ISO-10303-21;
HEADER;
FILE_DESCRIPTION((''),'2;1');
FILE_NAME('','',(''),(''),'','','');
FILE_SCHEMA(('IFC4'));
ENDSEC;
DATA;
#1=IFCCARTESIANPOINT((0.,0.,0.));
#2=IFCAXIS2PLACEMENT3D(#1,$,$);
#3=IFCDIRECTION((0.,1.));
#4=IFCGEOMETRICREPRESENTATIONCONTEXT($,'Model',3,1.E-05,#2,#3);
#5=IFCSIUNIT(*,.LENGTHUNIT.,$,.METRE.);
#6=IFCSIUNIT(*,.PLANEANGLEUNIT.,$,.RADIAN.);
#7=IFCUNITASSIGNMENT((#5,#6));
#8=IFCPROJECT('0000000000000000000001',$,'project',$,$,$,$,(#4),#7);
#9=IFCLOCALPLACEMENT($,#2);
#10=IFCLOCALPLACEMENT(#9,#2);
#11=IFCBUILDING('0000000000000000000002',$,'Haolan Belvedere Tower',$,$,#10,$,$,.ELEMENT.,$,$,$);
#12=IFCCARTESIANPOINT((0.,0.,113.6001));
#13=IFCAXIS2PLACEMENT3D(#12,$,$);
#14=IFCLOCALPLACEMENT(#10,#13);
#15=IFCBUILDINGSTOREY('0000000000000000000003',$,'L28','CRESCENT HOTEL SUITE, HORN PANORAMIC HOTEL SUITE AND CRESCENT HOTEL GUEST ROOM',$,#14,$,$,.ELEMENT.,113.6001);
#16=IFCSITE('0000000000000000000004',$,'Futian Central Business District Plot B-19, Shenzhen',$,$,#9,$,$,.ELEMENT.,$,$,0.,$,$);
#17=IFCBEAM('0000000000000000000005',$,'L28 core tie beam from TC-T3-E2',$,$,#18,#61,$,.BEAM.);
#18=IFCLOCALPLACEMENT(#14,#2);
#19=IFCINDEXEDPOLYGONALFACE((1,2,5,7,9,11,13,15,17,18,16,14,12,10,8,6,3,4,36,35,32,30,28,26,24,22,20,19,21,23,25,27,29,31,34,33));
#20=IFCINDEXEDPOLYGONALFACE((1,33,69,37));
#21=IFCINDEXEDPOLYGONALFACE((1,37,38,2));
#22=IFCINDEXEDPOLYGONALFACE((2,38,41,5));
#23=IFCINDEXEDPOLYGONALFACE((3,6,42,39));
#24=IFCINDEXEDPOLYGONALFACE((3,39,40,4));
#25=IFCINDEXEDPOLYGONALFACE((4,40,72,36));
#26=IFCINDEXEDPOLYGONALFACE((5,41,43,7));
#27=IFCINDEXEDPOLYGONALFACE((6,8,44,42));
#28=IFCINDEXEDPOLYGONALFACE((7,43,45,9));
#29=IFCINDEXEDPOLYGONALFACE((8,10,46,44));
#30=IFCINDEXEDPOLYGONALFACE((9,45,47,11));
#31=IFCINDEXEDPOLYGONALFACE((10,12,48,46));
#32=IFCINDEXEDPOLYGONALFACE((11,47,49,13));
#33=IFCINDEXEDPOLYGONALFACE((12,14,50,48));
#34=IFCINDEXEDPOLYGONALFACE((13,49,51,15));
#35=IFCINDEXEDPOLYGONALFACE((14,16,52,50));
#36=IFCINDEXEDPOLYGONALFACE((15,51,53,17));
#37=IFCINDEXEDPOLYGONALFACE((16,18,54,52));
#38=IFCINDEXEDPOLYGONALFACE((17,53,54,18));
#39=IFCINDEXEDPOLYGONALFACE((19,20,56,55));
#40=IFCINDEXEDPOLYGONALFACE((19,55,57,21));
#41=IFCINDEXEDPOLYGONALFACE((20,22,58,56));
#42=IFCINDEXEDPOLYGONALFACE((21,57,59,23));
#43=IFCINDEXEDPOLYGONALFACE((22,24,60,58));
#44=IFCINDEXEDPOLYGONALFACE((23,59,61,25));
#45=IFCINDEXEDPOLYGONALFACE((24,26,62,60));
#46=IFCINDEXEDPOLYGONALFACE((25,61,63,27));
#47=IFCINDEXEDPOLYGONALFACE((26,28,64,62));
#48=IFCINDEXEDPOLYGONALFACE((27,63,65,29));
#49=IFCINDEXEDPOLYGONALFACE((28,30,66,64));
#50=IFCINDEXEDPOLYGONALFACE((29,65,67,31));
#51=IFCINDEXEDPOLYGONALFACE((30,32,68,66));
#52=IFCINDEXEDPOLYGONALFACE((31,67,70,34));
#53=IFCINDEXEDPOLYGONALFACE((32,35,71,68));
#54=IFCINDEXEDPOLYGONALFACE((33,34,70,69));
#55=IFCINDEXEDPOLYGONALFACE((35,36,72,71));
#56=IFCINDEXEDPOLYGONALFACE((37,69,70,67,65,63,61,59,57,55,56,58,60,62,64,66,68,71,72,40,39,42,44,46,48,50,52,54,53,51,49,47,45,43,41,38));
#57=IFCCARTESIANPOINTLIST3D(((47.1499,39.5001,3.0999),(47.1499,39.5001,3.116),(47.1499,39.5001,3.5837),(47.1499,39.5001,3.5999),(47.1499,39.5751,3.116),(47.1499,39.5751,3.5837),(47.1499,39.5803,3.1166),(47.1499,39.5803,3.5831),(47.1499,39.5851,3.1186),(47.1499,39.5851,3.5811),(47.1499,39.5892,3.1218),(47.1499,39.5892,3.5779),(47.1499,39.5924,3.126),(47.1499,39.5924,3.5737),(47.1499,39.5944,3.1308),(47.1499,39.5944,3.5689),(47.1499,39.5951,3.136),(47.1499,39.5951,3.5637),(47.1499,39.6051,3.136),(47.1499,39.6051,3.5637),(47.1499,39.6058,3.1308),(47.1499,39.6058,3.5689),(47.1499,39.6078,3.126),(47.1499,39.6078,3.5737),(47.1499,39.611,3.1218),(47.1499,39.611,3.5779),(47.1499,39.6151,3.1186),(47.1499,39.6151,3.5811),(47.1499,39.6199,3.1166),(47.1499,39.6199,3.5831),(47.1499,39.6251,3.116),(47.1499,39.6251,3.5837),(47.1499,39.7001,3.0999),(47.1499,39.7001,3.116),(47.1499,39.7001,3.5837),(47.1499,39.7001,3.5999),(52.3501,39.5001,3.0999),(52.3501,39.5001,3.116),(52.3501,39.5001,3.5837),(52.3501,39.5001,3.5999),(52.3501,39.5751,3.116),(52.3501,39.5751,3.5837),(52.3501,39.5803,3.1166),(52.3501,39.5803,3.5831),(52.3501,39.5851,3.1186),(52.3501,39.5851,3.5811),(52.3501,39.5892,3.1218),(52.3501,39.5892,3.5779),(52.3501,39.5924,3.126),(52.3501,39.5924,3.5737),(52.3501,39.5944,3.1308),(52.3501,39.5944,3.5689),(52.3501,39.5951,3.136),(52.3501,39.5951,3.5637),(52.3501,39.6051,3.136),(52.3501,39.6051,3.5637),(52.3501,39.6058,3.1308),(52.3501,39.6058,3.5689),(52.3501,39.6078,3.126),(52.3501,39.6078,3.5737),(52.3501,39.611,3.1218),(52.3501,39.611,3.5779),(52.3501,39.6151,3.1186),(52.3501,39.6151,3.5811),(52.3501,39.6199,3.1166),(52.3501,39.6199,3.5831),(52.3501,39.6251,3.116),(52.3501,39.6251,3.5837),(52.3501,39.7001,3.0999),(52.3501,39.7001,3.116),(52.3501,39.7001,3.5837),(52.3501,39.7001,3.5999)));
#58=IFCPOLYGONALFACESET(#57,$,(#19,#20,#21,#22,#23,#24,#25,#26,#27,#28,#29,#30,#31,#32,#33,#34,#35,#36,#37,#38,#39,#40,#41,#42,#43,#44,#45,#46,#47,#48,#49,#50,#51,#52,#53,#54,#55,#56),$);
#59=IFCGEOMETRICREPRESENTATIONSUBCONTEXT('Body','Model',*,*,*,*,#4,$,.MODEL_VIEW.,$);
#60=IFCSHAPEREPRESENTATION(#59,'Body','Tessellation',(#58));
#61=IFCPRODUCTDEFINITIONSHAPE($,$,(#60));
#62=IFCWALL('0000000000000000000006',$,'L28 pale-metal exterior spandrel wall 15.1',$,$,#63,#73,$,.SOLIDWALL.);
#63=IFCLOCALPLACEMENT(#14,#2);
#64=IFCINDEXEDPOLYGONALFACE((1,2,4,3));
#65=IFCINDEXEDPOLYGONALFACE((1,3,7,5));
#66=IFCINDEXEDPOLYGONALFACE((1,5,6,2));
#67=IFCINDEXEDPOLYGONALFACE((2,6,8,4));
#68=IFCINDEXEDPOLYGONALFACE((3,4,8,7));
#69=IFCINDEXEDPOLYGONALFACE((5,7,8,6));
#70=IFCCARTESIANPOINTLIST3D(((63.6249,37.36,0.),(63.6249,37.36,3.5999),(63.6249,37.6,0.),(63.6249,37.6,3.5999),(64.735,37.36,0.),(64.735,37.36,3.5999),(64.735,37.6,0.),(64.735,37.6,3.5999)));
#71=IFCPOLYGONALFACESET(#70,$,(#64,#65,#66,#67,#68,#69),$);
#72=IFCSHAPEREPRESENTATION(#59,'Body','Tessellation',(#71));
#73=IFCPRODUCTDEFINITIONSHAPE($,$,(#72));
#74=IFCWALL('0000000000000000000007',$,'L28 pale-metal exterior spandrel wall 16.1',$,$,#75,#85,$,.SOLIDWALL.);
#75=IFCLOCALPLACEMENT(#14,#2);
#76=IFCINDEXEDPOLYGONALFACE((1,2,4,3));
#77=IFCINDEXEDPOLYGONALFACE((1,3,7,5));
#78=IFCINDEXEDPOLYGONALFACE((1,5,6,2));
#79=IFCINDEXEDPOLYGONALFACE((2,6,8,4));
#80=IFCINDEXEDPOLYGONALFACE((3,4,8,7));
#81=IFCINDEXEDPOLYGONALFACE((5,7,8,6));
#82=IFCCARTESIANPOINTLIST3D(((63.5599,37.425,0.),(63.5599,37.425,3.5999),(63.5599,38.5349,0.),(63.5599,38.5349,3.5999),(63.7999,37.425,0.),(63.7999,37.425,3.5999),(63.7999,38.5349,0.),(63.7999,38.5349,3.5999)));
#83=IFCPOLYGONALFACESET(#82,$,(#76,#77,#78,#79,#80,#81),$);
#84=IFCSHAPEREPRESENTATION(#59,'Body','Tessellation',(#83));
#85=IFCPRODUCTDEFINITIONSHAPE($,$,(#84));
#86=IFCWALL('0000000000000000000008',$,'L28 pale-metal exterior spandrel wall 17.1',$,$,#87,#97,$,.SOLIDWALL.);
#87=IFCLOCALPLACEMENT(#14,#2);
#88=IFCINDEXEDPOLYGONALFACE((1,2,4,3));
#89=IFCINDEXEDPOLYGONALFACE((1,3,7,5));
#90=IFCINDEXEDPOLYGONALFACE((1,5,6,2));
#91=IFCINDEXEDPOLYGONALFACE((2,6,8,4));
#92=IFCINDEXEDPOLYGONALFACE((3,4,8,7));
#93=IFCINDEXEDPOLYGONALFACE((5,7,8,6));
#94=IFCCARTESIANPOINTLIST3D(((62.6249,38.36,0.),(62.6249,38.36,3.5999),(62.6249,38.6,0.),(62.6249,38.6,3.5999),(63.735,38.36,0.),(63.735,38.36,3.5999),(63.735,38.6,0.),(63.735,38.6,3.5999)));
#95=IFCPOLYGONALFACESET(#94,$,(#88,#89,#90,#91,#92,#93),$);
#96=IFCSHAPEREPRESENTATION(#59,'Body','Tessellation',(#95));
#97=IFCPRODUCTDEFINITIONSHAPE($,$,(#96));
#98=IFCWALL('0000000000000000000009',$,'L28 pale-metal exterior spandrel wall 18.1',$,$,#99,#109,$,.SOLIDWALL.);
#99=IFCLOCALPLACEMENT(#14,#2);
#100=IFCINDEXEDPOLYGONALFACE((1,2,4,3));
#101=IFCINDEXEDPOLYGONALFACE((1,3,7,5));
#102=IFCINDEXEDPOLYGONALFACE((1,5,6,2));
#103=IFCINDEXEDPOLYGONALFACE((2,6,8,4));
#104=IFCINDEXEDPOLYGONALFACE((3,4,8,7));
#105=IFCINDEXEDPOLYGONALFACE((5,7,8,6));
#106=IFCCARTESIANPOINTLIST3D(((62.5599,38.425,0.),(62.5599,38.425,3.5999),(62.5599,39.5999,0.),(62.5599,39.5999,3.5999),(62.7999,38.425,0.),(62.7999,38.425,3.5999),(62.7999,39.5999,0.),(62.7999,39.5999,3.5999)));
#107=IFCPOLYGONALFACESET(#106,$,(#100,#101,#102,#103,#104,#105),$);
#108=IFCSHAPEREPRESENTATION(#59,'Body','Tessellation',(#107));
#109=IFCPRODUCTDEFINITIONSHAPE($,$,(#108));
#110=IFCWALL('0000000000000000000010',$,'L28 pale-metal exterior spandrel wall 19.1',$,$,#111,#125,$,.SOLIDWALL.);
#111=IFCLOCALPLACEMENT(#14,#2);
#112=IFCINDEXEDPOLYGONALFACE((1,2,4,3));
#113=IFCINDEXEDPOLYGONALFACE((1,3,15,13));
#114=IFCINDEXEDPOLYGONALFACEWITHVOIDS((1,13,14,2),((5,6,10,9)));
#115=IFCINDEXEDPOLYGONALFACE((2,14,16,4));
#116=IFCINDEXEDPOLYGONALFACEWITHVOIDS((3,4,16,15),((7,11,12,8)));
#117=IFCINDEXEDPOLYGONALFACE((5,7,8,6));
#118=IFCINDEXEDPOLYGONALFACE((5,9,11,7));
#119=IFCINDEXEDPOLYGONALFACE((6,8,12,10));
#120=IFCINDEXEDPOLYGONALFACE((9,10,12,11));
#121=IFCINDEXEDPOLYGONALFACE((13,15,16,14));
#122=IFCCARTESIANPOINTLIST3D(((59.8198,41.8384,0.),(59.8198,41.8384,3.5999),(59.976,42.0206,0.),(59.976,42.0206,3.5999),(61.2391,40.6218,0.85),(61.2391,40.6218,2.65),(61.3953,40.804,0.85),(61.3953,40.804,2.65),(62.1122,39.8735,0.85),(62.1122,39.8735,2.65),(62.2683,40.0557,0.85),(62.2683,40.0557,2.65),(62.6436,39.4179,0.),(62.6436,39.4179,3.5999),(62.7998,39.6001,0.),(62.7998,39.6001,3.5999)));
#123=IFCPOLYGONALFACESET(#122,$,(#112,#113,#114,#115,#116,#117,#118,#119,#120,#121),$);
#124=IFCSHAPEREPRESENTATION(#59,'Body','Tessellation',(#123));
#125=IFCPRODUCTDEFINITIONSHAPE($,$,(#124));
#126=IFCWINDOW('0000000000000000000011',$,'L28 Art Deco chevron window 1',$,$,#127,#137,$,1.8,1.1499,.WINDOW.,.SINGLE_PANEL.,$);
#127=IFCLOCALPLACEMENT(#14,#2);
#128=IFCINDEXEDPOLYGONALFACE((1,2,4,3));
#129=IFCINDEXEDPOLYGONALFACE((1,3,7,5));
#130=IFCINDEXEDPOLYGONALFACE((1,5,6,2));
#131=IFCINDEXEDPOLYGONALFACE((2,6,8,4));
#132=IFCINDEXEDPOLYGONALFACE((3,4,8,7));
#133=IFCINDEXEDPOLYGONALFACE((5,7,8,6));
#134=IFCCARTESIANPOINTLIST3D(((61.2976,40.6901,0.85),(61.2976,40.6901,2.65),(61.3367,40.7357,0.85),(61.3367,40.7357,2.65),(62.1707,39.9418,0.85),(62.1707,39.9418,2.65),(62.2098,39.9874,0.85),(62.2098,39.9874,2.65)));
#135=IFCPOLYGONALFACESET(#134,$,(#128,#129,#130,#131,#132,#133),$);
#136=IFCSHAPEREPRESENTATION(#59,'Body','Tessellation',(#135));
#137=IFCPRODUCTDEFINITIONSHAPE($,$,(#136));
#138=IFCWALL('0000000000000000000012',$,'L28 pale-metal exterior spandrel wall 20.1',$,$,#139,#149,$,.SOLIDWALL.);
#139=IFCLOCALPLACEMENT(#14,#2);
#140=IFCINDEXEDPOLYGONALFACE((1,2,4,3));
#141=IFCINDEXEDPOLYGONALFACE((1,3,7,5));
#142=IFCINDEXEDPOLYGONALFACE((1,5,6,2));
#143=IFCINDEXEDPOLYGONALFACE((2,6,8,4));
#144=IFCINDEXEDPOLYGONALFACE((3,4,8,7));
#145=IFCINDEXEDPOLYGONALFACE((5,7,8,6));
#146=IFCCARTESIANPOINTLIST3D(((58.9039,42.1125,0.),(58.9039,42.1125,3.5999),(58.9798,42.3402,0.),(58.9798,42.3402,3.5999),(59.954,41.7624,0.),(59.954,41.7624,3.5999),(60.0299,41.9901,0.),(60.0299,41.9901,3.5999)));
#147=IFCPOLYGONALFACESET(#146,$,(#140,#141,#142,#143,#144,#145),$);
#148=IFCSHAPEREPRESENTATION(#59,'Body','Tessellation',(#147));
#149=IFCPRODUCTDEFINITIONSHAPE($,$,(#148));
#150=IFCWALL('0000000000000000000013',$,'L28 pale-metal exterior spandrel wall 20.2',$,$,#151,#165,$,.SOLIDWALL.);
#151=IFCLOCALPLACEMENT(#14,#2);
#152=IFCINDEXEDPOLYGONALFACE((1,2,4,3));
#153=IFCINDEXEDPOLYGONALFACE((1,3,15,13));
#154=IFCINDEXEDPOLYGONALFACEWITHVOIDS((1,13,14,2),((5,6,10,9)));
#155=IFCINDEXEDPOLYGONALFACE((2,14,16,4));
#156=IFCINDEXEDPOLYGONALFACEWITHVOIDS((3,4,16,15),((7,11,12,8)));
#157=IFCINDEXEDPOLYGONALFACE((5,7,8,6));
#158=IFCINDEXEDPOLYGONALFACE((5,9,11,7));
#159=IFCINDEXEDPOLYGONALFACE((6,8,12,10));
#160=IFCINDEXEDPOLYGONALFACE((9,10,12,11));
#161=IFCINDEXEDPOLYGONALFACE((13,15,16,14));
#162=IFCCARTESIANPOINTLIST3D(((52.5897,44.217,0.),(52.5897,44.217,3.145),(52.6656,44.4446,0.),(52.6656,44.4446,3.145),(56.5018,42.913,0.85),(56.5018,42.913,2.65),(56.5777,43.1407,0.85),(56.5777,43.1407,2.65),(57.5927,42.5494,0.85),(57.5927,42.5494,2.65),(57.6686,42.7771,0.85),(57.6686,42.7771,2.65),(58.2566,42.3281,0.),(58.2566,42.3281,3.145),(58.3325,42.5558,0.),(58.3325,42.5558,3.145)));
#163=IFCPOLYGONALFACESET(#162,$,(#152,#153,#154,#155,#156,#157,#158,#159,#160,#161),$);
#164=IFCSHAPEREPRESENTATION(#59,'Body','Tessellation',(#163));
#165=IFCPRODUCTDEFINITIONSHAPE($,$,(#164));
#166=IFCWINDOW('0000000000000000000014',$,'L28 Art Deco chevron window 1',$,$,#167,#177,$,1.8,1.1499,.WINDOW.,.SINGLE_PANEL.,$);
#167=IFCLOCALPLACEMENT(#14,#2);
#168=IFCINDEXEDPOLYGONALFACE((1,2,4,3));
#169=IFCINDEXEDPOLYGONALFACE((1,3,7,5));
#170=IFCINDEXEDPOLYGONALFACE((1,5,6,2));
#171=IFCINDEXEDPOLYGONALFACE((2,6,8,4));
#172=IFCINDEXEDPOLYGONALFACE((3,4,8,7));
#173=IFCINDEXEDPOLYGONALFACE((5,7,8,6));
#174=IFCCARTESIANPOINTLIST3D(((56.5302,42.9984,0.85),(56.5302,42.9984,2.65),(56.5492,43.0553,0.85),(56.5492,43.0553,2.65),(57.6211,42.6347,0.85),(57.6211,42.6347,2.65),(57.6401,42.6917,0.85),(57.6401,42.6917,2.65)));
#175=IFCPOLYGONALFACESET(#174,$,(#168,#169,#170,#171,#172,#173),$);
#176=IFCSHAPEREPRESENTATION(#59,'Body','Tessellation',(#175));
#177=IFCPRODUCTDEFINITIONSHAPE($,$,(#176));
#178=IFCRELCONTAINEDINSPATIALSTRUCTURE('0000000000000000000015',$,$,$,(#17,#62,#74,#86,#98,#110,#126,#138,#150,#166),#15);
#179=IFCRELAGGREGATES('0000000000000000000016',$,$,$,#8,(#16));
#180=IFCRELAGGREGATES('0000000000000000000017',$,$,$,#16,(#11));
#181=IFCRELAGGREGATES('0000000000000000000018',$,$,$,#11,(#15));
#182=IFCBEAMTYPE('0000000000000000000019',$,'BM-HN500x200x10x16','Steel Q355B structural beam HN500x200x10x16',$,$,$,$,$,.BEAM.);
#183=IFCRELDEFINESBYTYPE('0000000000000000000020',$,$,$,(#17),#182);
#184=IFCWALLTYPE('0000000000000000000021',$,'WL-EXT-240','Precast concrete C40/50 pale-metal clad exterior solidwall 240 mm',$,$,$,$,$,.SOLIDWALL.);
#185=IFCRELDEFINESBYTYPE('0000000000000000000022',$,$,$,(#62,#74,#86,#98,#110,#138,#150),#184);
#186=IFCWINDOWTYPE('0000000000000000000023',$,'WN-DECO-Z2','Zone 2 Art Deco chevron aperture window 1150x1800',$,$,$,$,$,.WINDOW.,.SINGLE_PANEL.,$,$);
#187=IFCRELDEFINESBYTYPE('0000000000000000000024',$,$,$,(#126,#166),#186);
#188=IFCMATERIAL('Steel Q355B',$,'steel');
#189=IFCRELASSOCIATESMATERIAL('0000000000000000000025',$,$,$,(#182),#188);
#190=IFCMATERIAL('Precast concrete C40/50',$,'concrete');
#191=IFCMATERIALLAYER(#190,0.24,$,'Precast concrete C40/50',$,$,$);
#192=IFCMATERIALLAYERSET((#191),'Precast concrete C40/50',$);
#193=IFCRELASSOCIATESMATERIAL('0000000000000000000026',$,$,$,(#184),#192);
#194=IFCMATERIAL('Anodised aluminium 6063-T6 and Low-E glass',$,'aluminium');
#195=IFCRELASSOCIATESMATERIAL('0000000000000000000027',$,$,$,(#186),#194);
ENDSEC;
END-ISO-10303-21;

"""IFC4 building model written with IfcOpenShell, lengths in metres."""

from ifc_helpers import new_model, si_unit, direction, frame, frame_2d, origin, origin_2d, place, context, subcontext, project, spatial, rectangle, i_section, extrude, material, layer, layer_set, material_profile, profile_set, type_object, element, fill, save


model = new_model("IFC4")

# Units and contexts
model_context = context("Model", 3, precision=1e-05, world=origin(), true_north=direction((0.0, 1.0)))
body_context = subcontext(model_context, "Body", "Model", "MODEL_VIEW")
ifc_project = project(units=[si_unit("LENGTHUNIT", "METRE"), si_unit("PLANEANGLEUNIT", "RADIAN")], contexts=[model_context])

# Site, building, storey
site_placement = place(None, origin())
site = spatial("IfcSite", under=ifc_project, at=site_placement, Name="Futian Central Business District Plot B-19, Shenzhen", CompositionType="ELEMENT", RefElevation=0.0)
building_placement = place(site_placement, origin())
building = spatial("IfcBuilding", under=site, at=building_placement, Name="Haolan Belvedere Tower", CompositionType="ELEMENT")
storey_placement = place(building_placement, frame((0.0, 0.0, 113.6001)))
storey = spatial("IfcBuildingStorey", under=building, at=storey_placement, Name="L28", Description="CRESCENT HOTEL SUITE, HORN PANORAMIC HOTEL SUITE AND CRESCENT HOTEL GUEST ROOM", CompositionType="ELEMENT", Elevation=113.6001)

# Beam
ifc_material_1 = material(Name="Steel Q355B", Category="steel")
ifc_material_profile_1 = material_profile(ifc_material_1, i_section(OverallWidth=0.2, OverallDepth=0.5, WebThickness=0.01, FlangeThickness=0.0161, FilletRadius=0.02, at=origin_2d()), Name="Steel Q355B")
ifc_profile_set_1 = profile_set([ifc_material_profile_1], Name="Steel Q355B")
beam_type_1 = type_object("IfcBeamType", Name="BM-HN500x200x10x16", Description="Steel Q355B structural beam HN500x200x10x16", PredefinedType="BEAM", material=ifc_profile_set_1)
beam_1_placement = place(storey_placement, frame((52.3501, 39.6001, 3.3499), z_axis=(-1.0, 0.0, 0.0), x_axis=(0.0, -1.0, 0.0)))
element("IfcBeam", 1, at=beam_1_placement, inside=storey, type_object=beam_type_1, Name="L28 core tie beam from TC-T3-E2", PredefinedType="BEAM", context=body_context, shape_type="SweptSolid", body=[
    extrude(i_section(OverallWidth=0.2, OverallDepth=0.5, WebThickness=0.01, FlangeThickness=0.0161, FilletRadius=0.02, at=origin_2d()), origin(), (0.0, 0.0, 1.0), 5.2002),
])

# Walls
ifc_material_2 = material(Name="Precast concrete C40/50", Category="concrete")
ifc_layer_1 = layer(ifc_material_2, 0.24, Name="Precast concrete C40/50")
ifc_layer_set_1 = layer_set([ifc_layer_1], Name="Precast concrete C40/50")
wall_type_1 = type_object("IfcWallType", Name="WL-EXT-240", Description="Precast concrete C40/50 pale-metal clad exterior solidwall 240 mm", PredefinedType="SOLIDWALL", material=ifc_layer_set_1)
wall_1_placement = place(storey_placement, frame((64.7351, 37.48, 0.0), z_axis=(0.0, 0.0, 1.0), x_axis=(-1.0, 0.0, 0.0)))
element("IfcWall", 2, at=wall_1_placement, inside=storey, type_object=wall_type_1, Name="L28 pale-metal exterior spandrel wall 15.1", PredefinedType="SOLIDWALL", context=body_context, shape_type="SweptSolid", body=[
    extrude(rectangle(XDim=1.1101, YDim=0.24, at=frame_2d((0.5552, 0.0))), origin(), (0.0, 0.0, 1.0), 3.5999),
])
wall_2_placement = place(storey_placement, frame((63.6799, 37.425, 0.0), z_axis=(0.0, 0.0, 1.0), x_axis=(0.0, 1.0, 0.0)))
element("IfcWall", 3, at=wall_2_placement, inside=storey, type_object=wall_type_1, Name="L28 pale-metal exterior spandrel wall 16.1", PredefinedType="SOLIDWALL", context=body_context, shape_type="SweptSolid", body=[
    extrude(rectangle(XDim=1.1099, YDim=0.24, at=frame_2d((0.5549, 0.0))), origin(), (0.0, 0.0, 1.0), 3.5999),
])
wall_3_placement = place(storey_placement, frame((63.7351, 38.48, 0.0), z_axis=(0.0, 0.0, 1.0), x_axis=(-1.0, 0.0, 0.0)))
element("IfcWall", 4, at=wall_3_placement, inside=storey, type_object=wall_type_1, Name="L28 pale-metal exterior spandrel wall 17.1", PredefinedType="SOLIDWALL", context=body_context, shape_type="SweptSolid", body=[
    extrude(rectangle(XDim=1.1101, YDim=0.24, at=frame_2d((0.5552, 0.0))), origin(), (0.0, 0.0, 1.0), 3.5999),
])
wall_4_placement = place(storey_placement, frame((62.6799, 38.425, 0.0), z_axis=(0.0, 0.0, 1.0), x_axis=(0.0, 1.0, 0.0)))
element("IfcWall", 5, at=wall_4_placement, inside=storey, type_object=wall_type_1, Name="L28 pale-metal exterior spandrel wall 18.1", PredefinedType="SOLIDWALL", context=body_context, shape_type="SweptSolid", body=[
    extrude(rectangle(XDim=1.1748, YDim=0.24, at=frame_2d((0.5874, 0.0))), origin(), (0.0, 0.0, 1.0), 3.5999),
])

# Wall, opening, window
wall_5_placement = place(storey_placement, frame((62.7217, 39.509, 0.0), z_axis=(0.0, 0.0, 1.0), x_axis=(-0.759247, 0.650802, 0.0)))
wall_5 = element("IfcWall", 6, at=wall_5_placement, inside=storey, type_object=wall_type_1, Name="L28 pale-metal exterior spandrel wall 19.1", PredefinedType="SOLIDWALL", context=body_context, shape_type="SweptSolid", body=[
    extrude(rectangle(XDim=3.7192, YDim=0.24, at=frame_2d((1.8596, 0.0))), origin(), (0.0, 0.0, 1.0), 3.5999),
])
opening_1_placement = place(wall_5_placement, frame((0.7, 0.0, 0.8501)))
opening_1 = element("IfcOpeningElement", 7, at=opening_1_placement, cuts=wall_5, PredefinedType="OPENING", context=body_context, shape_type="SweptSolid", body=[
    extrude(rectangle(XDim=1.1499, YDim=1.8, at=frame_2d((0.575, 0.8999))), frame((0.0, 0.1299, 0.0), z_axis=(0.0, -1.0, 0.0), x_axis=(1.0, 0.0, 0.0)), (0.0, 0.0, 1.0), 0.26),
])
ifc_material_3 = material(Name="Anodised aluminium 6063-T6 and Low-E glass", Category="aluminium")
window_type = type_object("IfcWindowType", Name="WN-DECO-Z2", Description="Zone 2 Art Deco chevron aperture window 1150x1800", PartitioningType="SINGLE_PANEL", PredefinedType="WINDOW", material=ifc_material_3)
window_1_placement = place(opening_1_placement, origin())
window_1 = element("IfcWindow", 8, at=window_1_placement, inside=storey, type_object=window_type, Name="L28 Art Deco chevron window 1", OverallHeight=1.8, OverallWidth=1.1499, PartitioningType="SINGLE_PANEL", PredefinedType="WINDOW", context=body_context, shape_type="SweptSolid", body=[
    extrude(rectangle(XDim=1.1499, YDim=1.8, at=frame_2d((0.575, 0.8999))), frame((0.0, 0.03, 0.0), z_axis=(0.0, -1.0, 0.0), x_axis=(1.0, 0.0, 0.0)), (0.0, 0.0, 1.0), 0.0601),
])
fill(opening_1, window_1)

# Wall
wall_6_placement = place(storey_placement, frame((59.9919, 41.8762, 0.0), z_axis=(0.0, 0.0, 1.0), x_axis=(-0.948661, 0.316294, 0.0)))
element("IfcWall", 9, at=wall_6_placement, inside=storey, type_object=wall_type_1, Name="L28 pale-metal exterior spandrel wall 20.1", PredefinedType="SOLIDWALL", context=body_context, shape_type="SweptSolid", body=[
    extrude(rectangle(XDim=1.1069, YDim=0.24, at=frame_2d((0.5535, 0.0))), origin(), (0.0, 0.0, 1.0), 3.5999),
])

# Wall, opening, window
wall_7_placement = place(storey_placement, frame((58.2947, 42.4419, 0.0), z_axis=(0.0, 0.0, 1.0), x_axis=(-0.948687, 0.316216, 0.0)))
wall_7 = element("IfcWall", 10, at=wall_7_placement, inside=storey, type_object=wall_type_1, Name="L28 pale-metal exterior spandrel wall 20.2", PredefinedType="SOLIDWALL", context=body_context, shape_type="SweptSolid", body=[
    extrude(rectangle(XDim=5.9734, YDim=0.24, at=frame_2d((2.9868, 0.0))), origin(), (0.0, 0.0, 1.0), 3.145),
])
opening_2_placement = place(wall_7_placement, frame((0.7, 0.0, 0.8501)))
opening_2 = element("IfcOpeningElement", 11, at=opening_2_placement, cuts=wall_7, PredefinedType="OPENING", context=body_context, shape_type="SweptSolid", body=[
    extrude(rectangle(XDim=1.1499, YDim=1.8, at=frame_2d((0.575, 0.8999))), frame((0.0, 0.1299, 0.0), z_axis=(0.0, -1.0, 0.0), x_axis=(1.0, 0.0, 0.0)), (0.0, 0.0, 1.0), 0.26),
])
window_2_placement = place(opening_2_placement, origin())
window_2 = element("IfcWindow", 12, at=window_2_placement, inside=storey, type_object=window_type, Name="L28 Art Deco chevron window 1", OverallHeight=1.8, OverallWidth=1.1499, PartitioningType="SINGLE_PANEL", PredefinedType="WINDOW", context=body_context, shape_type="SweptSolid", body=[
    extrude(rectangle(XDim=1.1499, YDim=1.8, at=frame_2d((0.575, 0.8999))), frame((0.0, 0.03, 0.0), z_axis=(0.0, -1.0, 0.0), x_axis=(1.0, 0.0, 0.0)), (0.0, 0.0, 1.0), 0.0601),
])
fill(opening_2, window_2)

save(model, "model.ifc")
